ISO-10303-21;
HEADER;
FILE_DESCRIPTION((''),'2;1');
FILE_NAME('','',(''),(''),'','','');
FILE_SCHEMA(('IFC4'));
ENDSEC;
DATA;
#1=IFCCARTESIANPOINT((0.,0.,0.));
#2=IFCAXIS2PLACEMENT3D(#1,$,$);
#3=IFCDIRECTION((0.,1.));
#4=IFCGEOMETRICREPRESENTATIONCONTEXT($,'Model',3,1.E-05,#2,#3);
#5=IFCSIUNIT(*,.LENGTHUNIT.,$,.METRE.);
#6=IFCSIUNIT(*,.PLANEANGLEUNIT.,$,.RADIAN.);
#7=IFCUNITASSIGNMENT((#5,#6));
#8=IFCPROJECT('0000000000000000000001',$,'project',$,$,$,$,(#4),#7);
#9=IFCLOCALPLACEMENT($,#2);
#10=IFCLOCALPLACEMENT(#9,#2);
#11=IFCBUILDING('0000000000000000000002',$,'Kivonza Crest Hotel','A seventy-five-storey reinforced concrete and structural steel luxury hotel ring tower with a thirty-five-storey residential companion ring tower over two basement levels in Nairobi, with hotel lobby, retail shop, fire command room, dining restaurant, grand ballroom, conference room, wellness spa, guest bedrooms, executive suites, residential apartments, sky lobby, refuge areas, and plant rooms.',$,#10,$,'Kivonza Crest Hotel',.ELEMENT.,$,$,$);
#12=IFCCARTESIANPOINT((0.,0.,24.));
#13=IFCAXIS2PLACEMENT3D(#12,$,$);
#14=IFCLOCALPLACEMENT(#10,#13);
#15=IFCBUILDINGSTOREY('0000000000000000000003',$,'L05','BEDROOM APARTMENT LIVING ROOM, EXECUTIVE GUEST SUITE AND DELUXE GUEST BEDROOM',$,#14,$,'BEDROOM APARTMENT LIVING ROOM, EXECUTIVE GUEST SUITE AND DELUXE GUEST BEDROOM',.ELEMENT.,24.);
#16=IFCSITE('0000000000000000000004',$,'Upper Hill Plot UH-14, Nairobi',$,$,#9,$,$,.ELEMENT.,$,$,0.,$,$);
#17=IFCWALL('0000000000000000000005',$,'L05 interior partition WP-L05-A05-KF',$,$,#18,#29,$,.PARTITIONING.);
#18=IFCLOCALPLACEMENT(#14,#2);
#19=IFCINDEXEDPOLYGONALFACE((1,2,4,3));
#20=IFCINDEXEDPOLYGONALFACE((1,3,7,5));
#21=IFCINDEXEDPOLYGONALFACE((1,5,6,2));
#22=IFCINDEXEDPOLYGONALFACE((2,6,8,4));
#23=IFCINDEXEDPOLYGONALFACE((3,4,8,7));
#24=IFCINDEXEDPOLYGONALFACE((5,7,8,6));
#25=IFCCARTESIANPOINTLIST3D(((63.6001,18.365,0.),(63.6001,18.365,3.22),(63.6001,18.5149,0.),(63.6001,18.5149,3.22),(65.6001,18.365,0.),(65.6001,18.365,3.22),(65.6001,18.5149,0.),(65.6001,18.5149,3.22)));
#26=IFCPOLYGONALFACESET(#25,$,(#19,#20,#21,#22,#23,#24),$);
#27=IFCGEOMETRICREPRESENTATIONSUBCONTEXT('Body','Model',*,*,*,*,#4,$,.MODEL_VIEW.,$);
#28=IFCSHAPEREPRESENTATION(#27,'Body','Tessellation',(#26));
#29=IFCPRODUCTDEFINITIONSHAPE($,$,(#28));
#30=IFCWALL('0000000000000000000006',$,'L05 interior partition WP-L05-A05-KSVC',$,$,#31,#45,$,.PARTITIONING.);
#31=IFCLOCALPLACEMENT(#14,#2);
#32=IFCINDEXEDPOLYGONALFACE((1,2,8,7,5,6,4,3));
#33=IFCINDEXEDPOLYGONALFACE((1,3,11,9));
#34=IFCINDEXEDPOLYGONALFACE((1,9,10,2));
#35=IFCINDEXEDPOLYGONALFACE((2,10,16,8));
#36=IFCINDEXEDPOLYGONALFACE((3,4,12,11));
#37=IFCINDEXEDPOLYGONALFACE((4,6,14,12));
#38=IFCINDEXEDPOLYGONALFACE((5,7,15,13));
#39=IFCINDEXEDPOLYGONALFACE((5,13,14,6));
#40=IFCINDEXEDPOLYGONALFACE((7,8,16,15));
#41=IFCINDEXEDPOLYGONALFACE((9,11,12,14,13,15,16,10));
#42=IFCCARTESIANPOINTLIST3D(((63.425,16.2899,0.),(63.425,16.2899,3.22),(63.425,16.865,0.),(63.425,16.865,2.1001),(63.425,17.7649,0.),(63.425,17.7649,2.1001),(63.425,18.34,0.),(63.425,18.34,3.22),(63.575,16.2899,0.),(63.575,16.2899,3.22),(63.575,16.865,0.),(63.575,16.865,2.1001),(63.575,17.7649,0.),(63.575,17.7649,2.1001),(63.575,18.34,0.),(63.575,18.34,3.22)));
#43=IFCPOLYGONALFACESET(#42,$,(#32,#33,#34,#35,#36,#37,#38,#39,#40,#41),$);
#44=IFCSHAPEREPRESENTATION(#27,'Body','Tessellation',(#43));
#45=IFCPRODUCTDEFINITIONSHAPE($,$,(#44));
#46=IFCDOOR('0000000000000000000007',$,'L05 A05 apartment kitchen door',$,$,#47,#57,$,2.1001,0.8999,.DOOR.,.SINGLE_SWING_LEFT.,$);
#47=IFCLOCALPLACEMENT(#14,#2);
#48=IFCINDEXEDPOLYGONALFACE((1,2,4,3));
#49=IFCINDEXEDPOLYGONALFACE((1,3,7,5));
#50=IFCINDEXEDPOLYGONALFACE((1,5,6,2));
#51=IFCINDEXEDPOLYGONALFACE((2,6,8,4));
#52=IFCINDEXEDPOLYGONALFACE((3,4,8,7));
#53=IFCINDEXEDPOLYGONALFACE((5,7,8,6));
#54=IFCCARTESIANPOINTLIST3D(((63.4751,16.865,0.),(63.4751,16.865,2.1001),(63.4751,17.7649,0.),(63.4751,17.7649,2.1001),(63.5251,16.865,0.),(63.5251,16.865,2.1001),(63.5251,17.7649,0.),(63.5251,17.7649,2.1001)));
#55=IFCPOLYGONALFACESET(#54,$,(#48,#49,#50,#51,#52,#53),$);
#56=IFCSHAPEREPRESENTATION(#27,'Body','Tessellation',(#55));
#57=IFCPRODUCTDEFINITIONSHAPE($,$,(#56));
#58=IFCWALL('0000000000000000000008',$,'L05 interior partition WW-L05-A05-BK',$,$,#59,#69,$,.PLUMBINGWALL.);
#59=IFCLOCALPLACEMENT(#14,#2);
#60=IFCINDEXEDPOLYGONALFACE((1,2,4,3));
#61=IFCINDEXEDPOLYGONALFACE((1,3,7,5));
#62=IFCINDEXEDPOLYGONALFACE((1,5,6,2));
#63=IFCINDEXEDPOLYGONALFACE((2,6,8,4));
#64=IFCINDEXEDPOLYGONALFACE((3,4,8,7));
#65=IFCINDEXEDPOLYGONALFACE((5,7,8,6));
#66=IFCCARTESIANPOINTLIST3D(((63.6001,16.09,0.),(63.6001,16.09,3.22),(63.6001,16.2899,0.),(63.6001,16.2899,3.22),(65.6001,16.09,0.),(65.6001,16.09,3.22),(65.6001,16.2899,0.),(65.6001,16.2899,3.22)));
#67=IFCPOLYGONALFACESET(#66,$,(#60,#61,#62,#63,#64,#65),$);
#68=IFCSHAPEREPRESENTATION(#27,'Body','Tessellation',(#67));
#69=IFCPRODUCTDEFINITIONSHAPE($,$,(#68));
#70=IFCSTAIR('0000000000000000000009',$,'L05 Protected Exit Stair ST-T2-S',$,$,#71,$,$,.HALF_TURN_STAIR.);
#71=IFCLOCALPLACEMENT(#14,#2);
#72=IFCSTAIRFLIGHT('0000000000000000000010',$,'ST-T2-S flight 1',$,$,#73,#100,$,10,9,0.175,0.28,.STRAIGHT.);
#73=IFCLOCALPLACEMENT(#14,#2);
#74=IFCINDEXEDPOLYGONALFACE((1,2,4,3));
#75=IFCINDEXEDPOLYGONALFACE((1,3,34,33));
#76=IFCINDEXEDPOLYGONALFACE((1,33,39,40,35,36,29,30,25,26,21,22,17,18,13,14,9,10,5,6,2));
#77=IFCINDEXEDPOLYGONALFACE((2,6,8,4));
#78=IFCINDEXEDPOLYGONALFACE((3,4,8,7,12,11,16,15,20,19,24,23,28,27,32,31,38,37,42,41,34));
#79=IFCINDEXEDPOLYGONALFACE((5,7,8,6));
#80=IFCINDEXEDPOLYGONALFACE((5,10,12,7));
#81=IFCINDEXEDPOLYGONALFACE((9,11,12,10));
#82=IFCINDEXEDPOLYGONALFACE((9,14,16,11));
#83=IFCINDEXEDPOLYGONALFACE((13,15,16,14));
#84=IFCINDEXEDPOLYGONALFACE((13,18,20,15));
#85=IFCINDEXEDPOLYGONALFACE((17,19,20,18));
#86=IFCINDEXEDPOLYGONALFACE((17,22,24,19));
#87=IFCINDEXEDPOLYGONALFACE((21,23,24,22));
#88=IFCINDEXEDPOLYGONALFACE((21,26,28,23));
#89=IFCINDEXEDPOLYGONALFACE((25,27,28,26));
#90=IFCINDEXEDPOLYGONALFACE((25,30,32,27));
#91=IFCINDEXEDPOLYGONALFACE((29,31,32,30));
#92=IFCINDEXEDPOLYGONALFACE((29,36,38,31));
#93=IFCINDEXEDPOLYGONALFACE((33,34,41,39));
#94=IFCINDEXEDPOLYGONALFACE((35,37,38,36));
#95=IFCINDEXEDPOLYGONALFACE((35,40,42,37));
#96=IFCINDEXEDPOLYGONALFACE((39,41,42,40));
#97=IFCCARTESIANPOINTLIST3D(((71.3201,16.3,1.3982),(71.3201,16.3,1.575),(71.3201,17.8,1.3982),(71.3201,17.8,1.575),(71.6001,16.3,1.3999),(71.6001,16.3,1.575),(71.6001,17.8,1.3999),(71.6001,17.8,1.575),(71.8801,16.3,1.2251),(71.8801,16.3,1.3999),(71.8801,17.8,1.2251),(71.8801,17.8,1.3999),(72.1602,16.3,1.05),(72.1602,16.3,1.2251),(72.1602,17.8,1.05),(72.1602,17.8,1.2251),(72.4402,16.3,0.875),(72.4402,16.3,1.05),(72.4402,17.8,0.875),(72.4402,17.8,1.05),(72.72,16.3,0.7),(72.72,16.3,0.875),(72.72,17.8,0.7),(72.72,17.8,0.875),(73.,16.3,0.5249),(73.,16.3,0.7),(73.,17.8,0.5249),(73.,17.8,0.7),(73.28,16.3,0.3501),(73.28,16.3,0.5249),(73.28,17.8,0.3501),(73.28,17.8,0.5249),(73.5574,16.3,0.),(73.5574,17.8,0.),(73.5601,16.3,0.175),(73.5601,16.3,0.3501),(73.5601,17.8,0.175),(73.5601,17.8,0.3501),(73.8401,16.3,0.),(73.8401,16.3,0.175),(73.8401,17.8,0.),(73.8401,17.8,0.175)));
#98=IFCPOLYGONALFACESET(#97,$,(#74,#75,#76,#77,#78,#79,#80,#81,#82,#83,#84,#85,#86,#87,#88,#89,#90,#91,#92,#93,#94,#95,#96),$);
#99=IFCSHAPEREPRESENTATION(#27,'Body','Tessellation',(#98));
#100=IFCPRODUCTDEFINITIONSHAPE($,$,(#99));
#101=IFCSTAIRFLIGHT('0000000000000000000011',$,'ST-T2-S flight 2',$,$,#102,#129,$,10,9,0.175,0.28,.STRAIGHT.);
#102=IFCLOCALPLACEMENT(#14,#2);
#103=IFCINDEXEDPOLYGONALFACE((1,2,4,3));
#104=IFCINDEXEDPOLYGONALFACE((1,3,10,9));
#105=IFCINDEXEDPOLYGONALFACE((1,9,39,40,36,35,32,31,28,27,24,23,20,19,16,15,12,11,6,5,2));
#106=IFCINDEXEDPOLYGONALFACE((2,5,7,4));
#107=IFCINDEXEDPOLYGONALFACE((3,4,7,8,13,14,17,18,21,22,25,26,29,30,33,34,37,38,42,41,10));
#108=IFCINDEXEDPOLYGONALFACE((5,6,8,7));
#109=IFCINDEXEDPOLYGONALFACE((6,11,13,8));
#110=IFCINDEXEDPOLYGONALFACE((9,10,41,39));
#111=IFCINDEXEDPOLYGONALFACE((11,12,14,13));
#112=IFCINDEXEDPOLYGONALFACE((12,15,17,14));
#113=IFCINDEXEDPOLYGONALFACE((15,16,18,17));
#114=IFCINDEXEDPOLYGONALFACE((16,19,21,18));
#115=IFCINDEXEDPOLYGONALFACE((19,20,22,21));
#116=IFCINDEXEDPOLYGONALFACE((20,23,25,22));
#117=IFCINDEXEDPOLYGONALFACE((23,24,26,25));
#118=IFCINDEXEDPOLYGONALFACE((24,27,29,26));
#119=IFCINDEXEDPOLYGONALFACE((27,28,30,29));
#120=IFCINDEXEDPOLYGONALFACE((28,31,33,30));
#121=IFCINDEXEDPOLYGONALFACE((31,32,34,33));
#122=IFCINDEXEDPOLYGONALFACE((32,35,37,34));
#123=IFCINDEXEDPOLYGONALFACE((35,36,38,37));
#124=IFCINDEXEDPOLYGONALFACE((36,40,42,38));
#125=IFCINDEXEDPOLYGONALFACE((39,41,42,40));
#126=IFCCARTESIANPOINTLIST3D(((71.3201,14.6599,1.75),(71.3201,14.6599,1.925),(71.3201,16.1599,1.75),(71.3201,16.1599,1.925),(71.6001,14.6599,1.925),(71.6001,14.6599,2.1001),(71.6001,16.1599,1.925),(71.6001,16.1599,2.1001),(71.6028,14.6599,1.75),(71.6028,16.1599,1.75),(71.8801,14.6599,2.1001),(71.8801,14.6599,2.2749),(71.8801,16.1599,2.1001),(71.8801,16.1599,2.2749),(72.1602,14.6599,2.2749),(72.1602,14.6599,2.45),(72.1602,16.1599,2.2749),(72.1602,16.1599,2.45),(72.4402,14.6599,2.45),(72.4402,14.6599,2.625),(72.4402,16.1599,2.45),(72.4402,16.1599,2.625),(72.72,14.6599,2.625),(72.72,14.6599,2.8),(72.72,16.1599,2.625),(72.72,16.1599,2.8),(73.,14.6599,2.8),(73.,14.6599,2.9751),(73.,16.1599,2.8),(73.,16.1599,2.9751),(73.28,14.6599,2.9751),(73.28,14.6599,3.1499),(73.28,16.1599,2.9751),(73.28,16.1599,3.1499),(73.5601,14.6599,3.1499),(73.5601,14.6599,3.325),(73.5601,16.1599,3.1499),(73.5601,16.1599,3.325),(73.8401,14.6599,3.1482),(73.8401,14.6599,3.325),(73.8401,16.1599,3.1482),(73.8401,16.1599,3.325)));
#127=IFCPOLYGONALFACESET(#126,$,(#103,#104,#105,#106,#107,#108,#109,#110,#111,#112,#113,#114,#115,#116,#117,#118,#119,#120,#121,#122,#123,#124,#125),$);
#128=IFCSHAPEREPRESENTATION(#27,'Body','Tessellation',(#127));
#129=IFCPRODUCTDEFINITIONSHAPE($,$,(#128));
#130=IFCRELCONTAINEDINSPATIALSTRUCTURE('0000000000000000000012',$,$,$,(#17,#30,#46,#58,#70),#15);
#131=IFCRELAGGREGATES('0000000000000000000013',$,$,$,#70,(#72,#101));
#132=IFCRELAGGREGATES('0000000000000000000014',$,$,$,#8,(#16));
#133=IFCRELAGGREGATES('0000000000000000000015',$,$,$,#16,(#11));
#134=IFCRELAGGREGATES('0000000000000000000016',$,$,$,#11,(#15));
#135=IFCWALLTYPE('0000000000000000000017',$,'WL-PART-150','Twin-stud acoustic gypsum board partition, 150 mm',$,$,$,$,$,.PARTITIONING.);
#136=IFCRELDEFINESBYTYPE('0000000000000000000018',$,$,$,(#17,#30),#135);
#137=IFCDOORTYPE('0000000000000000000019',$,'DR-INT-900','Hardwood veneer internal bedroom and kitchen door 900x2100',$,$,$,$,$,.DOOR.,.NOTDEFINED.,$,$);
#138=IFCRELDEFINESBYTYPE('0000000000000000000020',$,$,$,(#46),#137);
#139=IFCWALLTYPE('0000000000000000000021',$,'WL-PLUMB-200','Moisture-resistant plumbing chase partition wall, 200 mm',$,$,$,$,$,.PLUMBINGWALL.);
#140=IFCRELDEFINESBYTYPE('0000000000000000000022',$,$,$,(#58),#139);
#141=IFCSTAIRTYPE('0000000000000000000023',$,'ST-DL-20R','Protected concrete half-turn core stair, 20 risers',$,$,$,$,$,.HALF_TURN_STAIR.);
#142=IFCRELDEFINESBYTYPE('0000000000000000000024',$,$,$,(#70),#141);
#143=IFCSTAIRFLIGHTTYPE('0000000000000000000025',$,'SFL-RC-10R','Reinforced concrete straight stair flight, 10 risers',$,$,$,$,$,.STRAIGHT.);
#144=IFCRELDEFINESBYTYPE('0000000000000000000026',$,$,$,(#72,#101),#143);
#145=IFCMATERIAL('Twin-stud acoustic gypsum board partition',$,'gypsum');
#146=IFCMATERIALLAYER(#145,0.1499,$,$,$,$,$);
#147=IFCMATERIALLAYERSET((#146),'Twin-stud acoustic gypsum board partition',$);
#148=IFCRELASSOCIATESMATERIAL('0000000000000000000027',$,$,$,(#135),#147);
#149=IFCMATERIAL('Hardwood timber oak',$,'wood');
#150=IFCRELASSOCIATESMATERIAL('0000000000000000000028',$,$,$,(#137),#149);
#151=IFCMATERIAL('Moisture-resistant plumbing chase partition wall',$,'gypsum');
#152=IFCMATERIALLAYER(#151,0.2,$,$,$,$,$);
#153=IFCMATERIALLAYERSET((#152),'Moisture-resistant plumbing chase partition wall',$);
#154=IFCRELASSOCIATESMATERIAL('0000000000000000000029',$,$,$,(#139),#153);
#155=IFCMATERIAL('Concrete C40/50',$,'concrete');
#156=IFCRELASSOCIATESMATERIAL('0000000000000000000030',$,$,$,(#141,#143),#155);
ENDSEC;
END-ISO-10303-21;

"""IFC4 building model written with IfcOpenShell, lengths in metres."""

from ifc_helpers import new_model, si_unit, direction, frame, frame_2d, origin, place, context, subcontext, project, spatial, polyline, rectangle, outline, extrude, material, layer, layer_set, type_object, element, fill, aggregate, save


model = new_model("IFC4")

# Units and contexts
model_context = context("Model", 3, precision=1e-05, world=origin(), true_north=direction((0.0, 1.0)))
body_context = subcontext(model_context, "Body", "Model", "MODEL_VIEW")
ifc_project = project(units=[si_unit("LENGTHUNIT", "METRE"), si_unit("PLANEANGLEUNIT", "RADIAN")], contexts=[model_context])

# Site, building, storey
site_placement = place(None, origin())
site = spatial("IfcSite", under=ifc_project, at=site_placement, Name="Upper Hill Plot UH-14, Nairobi", CompositionType="ELEMENT", RefElevation=0.0)
building_placement = place(site_placement, origin())
building = spatial("IfcBuilding", under=site, at=building_placement, Name="Kivonza Crest Hotel", Description="A seventy-five-storey reinforced concrete and structural steel luxury hotel ring tower with a thirty-five-storey residential companion ring tower over two basement levels in Nairobi, with hotel lobby, retail shop, fire command room, dining restaurant, grand ballroom, conference room, wellness spa, guest bedrooms, executive suites, residential apartments, sky lobby, refuge areas, and plant rooms.", LongName="Kivonza Crest Hotel", CompositionType="ELEMENT")
storey_placement = place(building_placement, frame((0.0, 0.0, 24.0)))
storey = spatial("IfcBuildingStorey", under=building, at=storey_placement, Name="L05", Description="BEDROOM APARTMENT LIVING ROOM, EXECUTIVE GUEST SUITE AND DELUXE GUEST BEDROOM", LongName="BEDROOM APARTMENT LIVING ROOM, EXECUTIVE GUEST SUITE AND DELUXE GUEST BEDROOM", CompositionType="ELEMENT", Elevation=24.0)

# Shared definitions
ifc_material_1 = material(Name="Hardwood timber oak", Category="wood")

# Wall
ifc_material_2 = material(Name="Twin-stud acoustic gypsum board partition", Category="gypsum")
ifc_layer_1 = layer(ifc_material_2, 0.1499)
ifc_layer_set_1 = layer_set([ifc_layer_1], Name="Twin-stud acoustic gypsum board partition")
wall_type_1 = type_object("IfcWallType", Name="WL-PART-150", Description="Twin-stud acoustic gypsum board partition, 150 mm", PredefinedType="PARTITIONING", material=ifc_layer_set_1)
wall_1_placement = place(storey_placement, frame((63.6001, 18.4399, 0.0), z_axis=(0.0, 0.0, 1.0), x_axis=(1.0, 0.0, 0.0)))
element("IfcWall", 1, at=wall_1_placement, inside=storey, type_object=wall_type_1, Name="L05 interior partition WP-L05-A05-KF", PredefinedType="PARTITIONING", context=body_context, shape_type="SweptSolid", body=[
    extrude(rectangle(XDim=2.0, YDim=0.1499, at=frame_2d((1.0, 0.0))), origin(), (0.0, 0.0, 1.0), 3.22),
])

# Wall, opening, door
wall_2_placement = place(storey_placement, frame((63.5, 16.29, 0.0), z_axis=(0.0, 0.0, 1.0), x_axis=(0.0, 1.0, 0.0)))
wall_2 = element("IfcWall", 2, at=wall_2_placement, inside=storey, type_object=wall_type_1, Name="L05 interior partition WP-L05-A05-KSVC", PredefinedType="PARTITIONING", context=body_context, shape_type="SweptSolid", body=[
    extrude(rectangle(XDim=2.05, YDim=0.1499, at=frame_2d((1.0249, 0.0))), origin(), (0.0, 0.0, 1.0), 3.22),
])
opening_1_placement = place(wall_2_placement, frame((0.575, 0.0, 0.0)))
opening_1 = element("IfcOpeningElement", 3, at=opening_1_placement, cuts=wall_2, PredefinedType="OPENING", context=body_context, shape_type="SweptSolid", body=[
    extrude(rectangle(XDim=0.8999, YDim=2.1001, at=frame_2d((0.45, 1.05))), frame((0.0, 0.085, 0.0), z_axis=(0.0, -1.0, 0.0), x_axis=(1.0, 0.0, 0.0)), (0.0, 0.0, 1.0), 0.1699),
])
door_type_1 = type_object("IfcDoorType", Name="DR-INT-900", Description="Hardwood veneer internal bedroom and kitchen door 900x2100", OperationType="NOTDEFINED", PredefinedType="DOOR", material=ifc_material_1)
door_1_placement = place(opening_1_placement, origin())
door_1 = element("IfcDoor", 4, at=door_1_placement, inside=storey, type_object=door_type_1, Name="L05 A05 apartment kitchen door", OperationType="SINGLE_SWING_LEFT", OverallHeight=2.1001, OverallWidth=0.8999, PredefinedType="DOOR", context=body_context, shape_type="SweptSolid", body=[
    extrude(rectangle(XDim=0.8999, YDim=2.1001, at=frame_2d((0.45, 1.05))), frame((0.0, 0.0249, 0.0), z_axis=(0.0, -1.0, 0.0), x_axis=(1.0, 0.0, 0.0)), (0.0, 0.0, 1.0), 0.05),
])
fill(opening_1, door_1)

# Wall
ifc_material_3 = material(Name="Moisture-resistant plumbing chase partition wall", Category="gypsum")
ifc_layer_2 = layer(ifc_material_3, 0.2)
ifc_layer_set_2 = layer_set([ifc_layer_2], Name="Moisture-resistant plumbing chase partition wall")
wall_type_2 = type_object("IfcWallType", Name="WL-PLUMB-200", Description="Moisture-resistant plumbing chase partition wall, 200 mm", PredefinedType="PLUMBINGWALL", material=ifc_layer_set_2)
wall_3_placement = place(storey_placement, frame((63.6001, 16.1899, 0.0), z_axis=(0.0, 0.0, 1.0), x_axis=(1.0, 0.0, 0.0)))
element("IfcWall", 5, at=wall_3_placement, inside=storey, type_object=wall_type_2, Name="L05 interior partition WW-L05-A05-BK", PredefinedType="PLUMBINGWALL", context=body_context, shape_type="SweptSolid", body=[
    extrude(rectangle(XDim=2.0, YDim=0.2, at=frame_2d((1.0, 0.0))), origin(), (0.0, 0.0, 1.0), 3.22),
])

# Stair, stair flights
ifc_material_4 = material(Name="Concrete C40/50", Category="concrete")
stair_type = type_object("IfcStairType", Name="ST-DL-20R", Description="Protected concrete half-turn core stair, 20 risers", PredefinedType="HALF_TURN_STAIR", material=ifc_material_4)
stair_placement = place(storey_placement, origin())
stair = element("IfcStair", 6, at=stair_placement, inside=storey, type_object=stair_type, Name="L05 Protected Exit Stair ST-T2-S", PredefinedType="HALF_TURN_STAIR")
stair_flight_type = type_object("IfcStairFlightType", Name="SFL-RC-10R", Description="Reinforced concrete straight stair flight, 10 risers", PredefinedType="STRAIGHT", material=ifc_material_4)
stair_flight_1_placement = place(storey_placement, frame((73.8401, 17.05, 0.0), z_axis=(0.0, 0.0, 1.0), x_axis=(-1.0, 0.0, 0.0)))
stair_flight_1 = element("IfcStairFlight", 7, at=stair_flight_1_placement, type_object=stair_flight_type, Name="ST-T2-S flight 1", NumberOfRisers=10, NumberOfTreads=9, PredefinedType="STRAIGHT", RiserHeight=0.175, TreadLength=0.28, context=body_context, shape_type="SweptSolid", body=[
    extrude(outline(polyline([(0.0, 0.0), (0.0, 0.175), (0.28, 0.175), (0.28, 0.3501), (0.5601, 0.3501), (0.5601, 0.5249), (0.8401, 0.5249), (0.8401, 0.7), (1.1201, 0.7), (1.1201, 0.875), (1.3999, 0.875), (1.3999, 1.05), (1.6799, 1.05), (1.6799, 1.2251), (1.96, 1.2251), (1.96, 1.3999), (2.24, 1.3999), (2.24, 1.575), (2.52, 1.575), (2.52, 1.75), (2.52, 1.3982), (0.2827, 0.0), (0.0, 0.0)])), frame((0.0, 0.75, 0.0), z_axis=(0.0, -1.0, 0.0), x_axis=(1.0, 0.0, 0.0)), (0.0, 0.0, 1.0), 1.5),
])
stair_flight_2_placement = place(storey_placement, frame((71.3201, 15.4099, 1.75), z_axis=(0.0, 0.0, 1.0), x_axis=(1.0, 0.0, 0.0)))
stair_flight_2 = element("IfcStairFlight", 8, at=stair_flight_2_placement, type_object=stair_flight_type, Name="ST-T2-S flight 2", NumberOfRisers=10, NumberOfTreads=9, PredefinedType="STRAIGHT", RiserHeight=0.175, TreadLength=0.28, context=body_context, shape_type="SweptSolid", body=[
    extrude(outline(polyline([(0.0, 0.0), (0.0, 0.175), (0.28, 0.175), (0.28, 0.3501), (0.5601, 0.3501), (0.5601, 0.5249), (0.8401, 0.5249), (0.8401, 0.7), (1.1201, 0.7), (1.1201, 0.875), (1.3999, 0.875), (1.3999, 1.05), (1.6799, 1.05), (1.6799, 1.2251), (1.96, 1.2251), (1.96, 1.3999), (2.24, 1.3999), (2.24, 1.575), (2.52, 1.575), (2.52, 1.75), (2.52, 1.3982), (0.2827, 0.0), (0.0, 0.0)])), frame((0.0, 0.75, 0.0), z_axis=(0.0, -1.0, 0.0), x_axis=(1.0, 0.0, 0.0)), (0.0, 0.0, 1.0), 1.5),
])
aggregate(stair, [stair_flight_1, stair_flight_2])

save(model, "model.ifc")
